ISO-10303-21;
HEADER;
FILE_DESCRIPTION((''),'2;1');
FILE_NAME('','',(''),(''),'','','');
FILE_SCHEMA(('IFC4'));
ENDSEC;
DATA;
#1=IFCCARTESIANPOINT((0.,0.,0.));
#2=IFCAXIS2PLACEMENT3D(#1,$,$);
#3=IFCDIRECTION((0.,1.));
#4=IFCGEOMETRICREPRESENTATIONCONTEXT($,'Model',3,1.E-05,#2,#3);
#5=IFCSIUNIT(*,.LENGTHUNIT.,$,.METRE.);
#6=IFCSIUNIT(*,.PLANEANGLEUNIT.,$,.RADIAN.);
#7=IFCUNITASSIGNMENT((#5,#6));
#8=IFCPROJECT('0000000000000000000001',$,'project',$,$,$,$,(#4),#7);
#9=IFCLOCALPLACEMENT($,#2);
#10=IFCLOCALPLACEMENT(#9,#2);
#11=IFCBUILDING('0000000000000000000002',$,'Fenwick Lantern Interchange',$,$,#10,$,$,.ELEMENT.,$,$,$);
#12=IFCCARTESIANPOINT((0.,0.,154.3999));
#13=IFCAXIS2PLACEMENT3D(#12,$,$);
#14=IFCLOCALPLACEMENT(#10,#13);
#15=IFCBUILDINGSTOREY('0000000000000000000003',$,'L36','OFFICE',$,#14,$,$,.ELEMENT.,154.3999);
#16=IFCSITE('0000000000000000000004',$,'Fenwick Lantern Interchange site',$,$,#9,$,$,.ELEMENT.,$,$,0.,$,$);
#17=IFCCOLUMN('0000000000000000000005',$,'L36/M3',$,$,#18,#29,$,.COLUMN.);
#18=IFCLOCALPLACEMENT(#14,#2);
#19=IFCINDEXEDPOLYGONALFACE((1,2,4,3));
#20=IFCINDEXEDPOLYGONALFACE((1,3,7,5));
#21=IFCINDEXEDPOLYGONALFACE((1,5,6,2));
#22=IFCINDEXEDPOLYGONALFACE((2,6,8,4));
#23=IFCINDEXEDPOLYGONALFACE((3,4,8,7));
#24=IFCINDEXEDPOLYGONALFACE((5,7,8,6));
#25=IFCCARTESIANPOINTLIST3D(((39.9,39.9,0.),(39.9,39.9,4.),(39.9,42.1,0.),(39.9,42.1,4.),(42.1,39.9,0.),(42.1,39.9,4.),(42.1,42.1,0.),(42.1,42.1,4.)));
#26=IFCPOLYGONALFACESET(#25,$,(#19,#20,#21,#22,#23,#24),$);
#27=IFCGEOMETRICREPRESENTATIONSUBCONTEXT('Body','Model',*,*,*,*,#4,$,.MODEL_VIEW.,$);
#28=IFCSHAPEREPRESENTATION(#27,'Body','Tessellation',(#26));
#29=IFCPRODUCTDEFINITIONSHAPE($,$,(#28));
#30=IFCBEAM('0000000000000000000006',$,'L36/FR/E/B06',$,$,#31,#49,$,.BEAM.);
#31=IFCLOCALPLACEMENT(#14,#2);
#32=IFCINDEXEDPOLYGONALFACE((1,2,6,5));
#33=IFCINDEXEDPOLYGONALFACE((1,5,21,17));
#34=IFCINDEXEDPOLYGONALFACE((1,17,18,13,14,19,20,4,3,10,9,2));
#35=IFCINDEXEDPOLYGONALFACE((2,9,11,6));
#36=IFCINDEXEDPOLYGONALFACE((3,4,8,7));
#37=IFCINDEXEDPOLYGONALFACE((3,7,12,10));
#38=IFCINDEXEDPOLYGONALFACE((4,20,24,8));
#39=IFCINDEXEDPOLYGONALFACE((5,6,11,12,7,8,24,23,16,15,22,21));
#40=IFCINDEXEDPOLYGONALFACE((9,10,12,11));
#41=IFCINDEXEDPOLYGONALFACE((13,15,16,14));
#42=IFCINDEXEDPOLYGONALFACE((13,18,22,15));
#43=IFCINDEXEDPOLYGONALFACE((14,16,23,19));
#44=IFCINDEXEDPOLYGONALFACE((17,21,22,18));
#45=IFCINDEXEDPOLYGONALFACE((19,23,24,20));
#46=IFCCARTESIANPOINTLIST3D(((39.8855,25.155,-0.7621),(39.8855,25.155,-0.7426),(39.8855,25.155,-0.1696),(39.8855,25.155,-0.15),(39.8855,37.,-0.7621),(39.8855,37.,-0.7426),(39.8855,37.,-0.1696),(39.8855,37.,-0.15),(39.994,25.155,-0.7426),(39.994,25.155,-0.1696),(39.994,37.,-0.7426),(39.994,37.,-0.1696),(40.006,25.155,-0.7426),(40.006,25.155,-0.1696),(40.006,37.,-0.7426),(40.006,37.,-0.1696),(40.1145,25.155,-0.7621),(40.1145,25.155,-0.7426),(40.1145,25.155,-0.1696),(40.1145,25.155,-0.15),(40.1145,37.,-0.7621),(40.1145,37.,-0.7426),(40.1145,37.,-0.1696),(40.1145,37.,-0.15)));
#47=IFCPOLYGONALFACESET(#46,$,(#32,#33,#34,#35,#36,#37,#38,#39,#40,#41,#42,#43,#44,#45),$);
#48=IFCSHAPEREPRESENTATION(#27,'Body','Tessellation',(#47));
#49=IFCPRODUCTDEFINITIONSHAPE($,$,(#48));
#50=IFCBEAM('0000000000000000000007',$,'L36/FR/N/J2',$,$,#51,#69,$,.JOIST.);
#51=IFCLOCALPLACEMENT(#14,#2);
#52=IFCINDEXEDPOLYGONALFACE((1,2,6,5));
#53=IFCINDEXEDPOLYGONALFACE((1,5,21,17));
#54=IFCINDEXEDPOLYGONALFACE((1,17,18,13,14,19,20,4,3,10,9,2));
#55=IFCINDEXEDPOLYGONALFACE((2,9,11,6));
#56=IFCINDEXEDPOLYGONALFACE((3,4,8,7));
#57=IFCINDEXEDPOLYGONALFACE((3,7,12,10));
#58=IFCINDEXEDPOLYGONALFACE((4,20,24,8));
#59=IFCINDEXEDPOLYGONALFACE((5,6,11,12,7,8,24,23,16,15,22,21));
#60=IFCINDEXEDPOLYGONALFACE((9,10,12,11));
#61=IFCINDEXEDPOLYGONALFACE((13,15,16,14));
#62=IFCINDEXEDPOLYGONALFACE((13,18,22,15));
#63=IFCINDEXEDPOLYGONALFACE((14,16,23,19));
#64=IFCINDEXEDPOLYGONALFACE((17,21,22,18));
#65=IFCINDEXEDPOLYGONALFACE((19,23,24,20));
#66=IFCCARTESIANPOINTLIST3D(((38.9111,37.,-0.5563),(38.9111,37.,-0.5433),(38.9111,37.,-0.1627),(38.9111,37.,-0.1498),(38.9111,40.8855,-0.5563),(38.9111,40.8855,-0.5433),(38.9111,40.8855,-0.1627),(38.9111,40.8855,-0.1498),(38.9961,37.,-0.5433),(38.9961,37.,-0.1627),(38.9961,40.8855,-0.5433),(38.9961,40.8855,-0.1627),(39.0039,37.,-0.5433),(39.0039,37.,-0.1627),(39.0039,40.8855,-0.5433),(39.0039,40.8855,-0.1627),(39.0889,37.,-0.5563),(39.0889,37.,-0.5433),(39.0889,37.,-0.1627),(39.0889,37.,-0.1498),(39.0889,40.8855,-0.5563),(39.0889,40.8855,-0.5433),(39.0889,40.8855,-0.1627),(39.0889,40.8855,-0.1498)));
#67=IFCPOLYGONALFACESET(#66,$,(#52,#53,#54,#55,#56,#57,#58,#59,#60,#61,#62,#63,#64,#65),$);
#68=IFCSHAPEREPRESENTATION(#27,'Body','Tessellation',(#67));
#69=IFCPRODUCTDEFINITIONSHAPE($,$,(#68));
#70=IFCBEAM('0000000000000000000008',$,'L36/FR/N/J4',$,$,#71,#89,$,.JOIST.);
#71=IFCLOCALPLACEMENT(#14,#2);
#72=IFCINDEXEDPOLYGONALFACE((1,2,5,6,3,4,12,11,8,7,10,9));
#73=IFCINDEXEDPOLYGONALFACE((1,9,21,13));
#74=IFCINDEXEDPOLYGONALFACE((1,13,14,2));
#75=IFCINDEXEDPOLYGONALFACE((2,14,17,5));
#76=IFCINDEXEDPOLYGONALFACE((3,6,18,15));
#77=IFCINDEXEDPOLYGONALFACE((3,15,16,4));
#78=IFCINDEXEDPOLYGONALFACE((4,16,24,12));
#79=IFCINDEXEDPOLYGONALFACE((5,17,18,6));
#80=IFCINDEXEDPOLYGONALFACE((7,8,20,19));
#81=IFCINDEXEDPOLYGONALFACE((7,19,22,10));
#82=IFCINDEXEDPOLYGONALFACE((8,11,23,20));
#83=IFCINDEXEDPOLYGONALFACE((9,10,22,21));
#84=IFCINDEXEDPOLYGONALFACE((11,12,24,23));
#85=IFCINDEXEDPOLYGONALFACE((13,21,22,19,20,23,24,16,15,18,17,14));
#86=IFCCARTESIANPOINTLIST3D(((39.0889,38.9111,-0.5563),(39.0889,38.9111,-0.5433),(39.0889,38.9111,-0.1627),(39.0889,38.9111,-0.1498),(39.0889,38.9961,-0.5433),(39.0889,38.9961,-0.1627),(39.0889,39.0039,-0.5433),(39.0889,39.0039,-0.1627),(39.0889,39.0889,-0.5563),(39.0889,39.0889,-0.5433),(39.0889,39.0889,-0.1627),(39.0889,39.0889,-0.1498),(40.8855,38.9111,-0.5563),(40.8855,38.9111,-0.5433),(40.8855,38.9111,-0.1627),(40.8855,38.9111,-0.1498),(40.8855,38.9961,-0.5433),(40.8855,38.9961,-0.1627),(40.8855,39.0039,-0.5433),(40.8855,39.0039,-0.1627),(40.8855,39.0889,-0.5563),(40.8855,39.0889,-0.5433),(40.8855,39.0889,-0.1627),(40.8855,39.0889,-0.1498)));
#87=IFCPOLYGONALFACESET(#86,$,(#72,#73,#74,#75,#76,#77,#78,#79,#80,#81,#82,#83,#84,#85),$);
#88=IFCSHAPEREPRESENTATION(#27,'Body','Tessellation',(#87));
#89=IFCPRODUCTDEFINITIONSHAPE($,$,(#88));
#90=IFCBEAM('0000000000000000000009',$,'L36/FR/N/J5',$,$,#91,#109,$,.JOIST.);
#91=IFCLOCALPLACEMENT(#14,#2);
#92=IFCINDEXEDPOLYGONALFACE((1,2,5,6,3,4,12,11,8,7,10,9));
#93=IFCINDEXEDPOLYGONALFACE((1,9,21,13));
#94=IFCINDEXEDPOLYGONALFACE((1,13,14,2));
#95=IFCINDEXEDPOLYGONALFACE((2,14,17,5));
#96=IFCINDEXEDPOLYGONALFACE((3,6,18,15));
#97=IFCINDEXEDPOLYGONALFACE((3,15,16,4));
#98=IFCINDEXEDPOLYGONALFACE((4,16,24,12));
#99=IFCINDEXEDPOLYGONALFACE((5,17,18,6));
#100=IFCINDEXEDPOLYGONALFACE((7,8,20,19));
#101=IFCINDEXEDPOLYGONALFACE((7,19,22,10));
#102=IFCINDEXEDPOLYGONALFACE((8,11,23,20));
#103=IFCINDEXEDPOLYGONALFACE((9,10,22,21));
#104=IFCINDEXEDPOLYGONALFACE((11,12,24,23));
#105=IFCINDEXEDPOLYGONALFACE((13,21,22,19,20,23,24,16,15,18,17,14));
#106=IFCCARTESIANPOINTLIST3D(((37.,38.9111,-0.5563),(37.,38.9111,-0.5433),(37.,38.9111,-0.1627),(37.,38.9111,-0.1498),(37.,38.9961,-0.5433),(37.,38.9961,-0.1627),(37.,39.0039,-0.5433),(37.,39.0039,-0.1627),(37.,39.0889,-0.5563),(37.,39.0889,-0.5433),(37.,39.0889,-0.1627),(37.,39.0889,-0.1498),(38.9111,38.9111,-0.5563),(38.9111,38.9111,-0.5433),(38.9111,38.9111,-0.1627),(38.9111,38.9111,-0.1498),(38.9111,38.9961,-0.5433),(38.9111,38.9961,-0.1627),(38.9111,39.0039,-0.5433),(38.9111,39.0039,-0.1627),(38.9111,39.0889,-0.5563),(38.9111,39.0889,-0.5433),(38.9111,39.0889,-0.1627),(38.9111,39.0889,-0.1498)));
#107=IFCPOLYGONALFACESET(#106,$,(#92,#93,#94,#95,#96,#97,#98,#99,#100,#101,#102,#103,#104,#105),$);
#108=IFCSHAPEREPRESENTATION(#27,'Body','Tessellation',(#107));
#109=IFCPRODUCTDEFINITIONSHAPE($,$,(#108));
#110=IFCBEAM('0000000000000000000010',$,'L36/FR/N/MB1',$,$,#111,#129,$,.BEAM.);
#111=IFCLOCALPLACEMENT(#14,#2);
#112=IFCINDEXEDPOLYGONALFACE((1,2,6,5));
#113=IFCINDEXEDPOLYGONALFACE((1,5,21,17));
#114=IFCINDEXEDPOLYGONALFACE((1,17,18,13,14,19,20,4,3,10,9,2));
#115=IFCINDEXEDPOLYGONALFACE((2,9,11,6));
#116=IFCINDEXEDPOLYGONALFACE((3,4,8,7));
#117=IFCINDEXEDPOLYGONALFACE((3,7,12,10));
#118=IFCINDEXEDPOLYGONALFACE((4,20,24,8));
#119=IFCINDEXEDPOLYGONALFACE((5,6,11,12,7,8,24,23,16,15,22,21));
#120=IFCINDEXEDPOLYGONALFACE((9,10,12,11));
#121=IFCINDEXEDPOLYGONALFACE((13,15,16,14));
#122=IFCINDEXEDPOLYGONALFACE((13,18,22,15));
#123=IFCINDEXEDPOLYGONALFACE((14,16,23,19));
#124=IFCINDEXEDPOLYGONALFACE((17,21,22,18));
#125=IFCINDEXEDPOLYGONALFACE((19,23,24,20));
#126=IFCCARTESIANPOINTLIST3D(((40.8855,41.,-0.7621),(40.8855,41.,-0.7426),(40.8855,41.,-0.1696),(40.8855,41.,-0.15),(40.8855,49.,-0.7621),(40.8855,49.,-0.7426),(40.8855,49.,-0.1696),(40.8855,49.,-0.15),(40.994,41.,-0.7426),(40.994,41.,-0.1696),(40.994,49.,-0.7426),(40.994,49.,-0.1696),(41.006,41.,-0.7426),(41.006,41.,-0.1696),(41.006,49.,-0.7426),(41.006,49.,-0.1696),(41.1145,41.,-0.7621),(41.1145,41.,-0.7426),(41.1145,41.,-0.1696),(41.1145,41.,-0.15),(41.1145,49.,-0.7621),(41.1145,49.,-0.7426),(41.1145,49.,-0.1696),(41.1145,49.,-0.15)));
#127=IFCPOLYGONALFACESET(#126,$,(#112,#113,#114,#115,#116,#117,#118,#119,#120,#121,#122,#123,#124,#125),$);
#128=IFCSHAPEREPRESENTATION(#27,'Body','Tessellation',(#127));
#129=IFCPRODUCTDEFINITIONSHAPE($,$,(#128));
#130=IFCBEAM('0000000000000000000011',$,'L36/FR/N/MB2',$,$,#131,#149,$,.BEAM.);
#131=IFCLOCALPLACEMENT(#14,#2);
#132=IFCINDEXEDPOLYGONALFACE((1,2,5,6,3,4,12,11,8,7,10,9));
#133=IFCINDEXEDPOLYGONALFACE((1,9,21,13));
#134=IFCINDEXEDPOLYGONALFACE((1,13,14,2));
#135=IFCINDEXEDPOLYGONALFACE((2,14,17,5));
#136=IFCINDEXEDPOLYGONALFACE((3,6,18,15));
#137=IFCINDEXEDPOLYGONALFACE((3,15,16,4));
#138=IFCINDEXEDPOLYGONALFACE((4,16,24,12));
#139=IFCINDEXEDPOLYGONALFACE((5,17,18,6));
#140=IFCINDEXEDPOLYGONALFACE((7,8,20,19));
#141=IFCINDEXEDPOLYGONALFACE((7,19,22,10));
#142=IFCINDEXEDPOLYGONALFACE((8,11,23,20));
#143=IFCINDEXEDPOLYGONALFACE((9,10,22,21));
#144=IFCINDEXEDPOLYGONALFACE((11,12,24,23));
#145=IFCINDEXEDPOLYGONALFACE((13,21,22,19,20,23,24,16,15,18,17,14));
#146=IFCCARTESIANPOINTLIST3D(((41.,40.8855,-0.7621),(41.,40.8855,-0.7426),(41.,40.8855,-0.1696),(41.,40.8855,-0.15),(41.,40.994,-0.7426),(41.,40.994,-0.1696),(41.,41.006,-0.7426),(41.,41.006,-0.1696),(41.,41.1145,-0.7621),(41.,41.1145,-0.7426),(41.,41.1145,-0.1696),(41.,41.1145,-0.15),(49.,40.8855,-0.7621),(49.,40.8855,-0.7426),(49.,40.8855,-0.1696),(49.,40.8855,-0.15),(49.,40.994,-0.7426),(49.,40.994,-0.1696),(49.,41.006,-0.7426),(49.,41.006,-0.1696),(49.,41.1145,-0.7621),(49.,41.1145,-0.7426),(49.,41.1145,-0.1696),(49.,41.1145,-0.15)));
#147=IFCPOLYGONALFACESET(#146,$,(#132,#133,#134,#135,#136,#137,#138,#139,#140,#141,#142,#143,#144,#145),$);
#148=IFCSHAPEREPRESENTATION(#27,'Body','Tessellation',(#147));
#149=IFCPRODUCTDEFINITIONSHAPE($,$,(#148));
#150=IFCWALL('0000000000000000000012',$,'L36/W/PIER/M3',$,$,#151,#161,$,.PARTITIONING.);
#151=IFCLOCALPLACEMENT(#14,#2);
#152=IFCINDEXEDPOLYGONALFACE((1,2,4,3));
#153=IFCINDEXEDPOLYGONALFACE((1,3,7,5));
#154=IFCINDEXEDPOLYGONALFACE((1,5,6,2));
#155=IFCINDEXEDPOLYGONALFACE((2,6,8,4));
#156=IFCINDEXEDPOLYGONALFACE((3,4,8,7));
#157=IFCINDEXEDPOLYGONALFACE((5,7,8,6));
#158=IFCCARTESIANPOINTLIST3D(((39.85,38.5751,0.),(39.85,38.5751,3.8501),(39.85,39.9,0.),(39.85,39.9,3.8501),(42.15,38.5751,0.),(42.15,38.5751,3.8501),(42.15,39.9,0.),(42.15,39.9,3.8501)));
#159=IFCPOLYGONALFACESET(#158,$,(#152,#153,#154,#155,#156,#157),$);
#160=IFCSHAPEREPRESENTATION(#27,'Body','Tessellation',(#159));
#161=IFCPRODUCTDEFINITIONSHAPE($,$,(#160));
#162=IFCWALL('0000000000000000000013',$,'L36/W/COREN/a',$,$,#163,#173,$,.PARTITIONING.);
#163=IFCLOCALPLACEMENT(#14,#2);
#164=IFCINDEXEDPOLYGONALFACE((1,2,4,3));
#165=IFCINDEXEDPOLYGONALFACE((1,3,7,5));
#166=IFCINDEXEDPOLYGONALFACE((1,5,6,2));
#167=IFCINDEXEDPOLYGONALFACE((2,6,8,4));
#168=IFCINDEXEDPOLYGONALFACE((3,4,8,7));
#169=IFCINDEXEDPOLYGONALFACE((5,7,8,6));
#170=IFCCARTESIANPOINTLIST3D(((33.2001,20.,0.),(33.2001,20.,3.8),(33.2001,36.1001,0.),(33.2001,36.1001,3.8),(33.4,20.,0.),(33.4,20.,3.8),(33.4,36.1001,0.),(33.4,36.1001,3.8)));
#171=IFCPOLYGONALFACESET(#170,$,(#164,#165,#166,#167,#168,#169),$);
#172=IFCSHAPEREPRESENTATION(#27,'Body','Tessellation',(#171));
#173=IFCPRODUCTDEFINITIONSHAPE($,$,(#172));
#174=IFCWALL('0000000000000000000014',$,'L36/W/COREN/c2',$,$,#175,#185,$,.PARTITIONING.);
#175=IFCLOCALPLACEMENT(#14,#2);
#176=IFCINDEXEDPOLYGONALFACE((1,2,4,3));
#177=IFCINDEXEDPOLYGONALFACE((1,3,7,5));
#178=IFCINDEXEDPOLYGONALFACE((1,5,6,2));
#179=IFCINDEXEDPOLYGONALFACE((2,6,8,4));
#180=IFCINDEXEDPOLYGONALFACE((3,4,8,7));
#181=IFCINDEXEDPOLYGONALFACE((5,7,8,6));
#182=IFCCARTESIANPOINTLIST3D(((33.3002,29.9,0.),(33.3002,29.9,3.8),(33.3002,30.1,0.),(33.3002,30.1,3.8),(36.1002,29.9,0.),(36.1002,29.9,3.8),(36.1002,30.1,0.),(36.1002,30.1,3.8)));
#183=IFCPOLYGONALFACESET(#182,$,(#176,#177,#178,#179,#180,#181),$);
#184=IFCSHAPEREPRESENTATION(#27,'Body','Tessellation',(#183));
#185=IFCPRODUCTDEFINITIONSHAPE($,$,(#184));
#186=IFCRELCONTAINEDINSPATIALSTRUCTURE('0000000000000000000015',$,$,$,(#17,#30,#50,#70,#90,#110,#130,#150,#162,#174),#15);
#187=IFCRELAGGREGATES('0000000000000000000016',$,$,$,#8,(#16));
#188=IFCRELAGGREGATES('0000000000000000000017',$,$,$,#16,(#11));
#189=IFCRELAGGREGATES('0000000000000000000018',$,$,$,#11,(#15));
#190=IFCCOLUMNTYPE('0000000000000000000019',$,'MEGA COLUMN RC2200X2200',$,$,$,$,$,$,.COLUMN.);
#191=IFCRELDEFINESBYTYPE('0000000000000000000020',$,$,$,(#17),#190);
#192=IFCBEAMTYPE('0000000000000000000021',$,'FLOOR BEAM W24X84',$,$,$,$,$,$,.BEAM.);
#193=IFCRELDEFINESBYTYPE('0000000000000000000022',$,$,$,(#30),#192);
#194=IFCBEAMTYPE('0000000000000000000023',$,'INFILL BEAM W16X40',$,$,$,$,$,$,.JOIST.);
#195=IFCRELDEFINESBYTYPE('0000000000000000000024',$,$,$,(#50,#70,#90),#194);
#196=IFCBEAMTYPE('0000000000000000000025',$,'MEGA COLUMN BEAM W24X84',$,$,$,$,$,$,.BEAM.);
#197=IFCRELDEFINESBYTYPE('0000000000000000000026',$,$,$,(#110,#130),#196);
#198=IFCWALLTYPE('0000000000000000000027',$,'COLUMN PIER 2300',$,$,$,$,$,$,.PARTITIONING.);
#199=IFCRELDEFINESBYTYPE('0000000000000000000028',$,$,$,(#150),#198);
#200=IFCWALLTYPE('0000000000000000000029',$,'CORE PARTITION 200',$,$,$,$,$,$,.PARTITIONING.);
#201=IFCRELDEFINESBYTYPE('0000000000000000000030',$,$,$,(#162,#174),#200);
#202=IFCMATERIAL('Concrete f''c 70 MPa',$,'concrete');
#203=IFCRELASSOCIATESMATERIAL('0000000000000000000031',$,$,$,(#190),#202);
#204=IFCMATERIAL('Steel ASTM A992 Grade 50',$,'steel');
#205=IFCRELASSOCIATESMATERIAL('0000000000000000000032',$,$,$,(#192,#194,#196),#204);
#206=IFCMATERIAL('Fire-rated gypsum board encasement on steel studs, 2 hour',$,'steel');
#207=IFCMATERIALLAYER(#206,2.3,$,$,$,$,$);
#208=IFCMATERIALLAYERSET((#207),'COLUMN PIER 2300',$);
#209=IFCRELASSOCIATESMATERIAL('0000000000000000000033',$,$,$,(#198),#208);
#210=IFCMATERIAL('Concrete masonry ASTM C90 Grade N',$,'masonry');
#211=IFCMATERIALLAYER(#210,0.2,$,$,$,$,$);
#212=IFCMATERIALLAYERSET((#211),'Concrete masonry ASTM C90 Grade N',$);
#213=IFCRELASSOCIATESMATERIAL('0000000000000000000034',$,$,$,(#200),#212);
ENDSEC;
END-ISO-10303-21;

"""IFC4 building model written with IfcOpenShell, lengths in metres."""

from ifc_helpers import new_model, si_unit, direction, frame, frame_2d, origin, origin_2d, place, context, subcontext, project, spatial, rectangle, i_section, extrude, material, layer, layer_set, material_profile, profile_set, type_object, element, save


model = new_model("IFC4")

# Units and contexts
model_context = context("Model", 3, precision=1e-05, world=origin(), true_north=direction((0.0, 1.0)))
body_context = subcontext(model_context, "Body", "Model", "MODEL_VIEW")
ifc_project = project(units=[si_unit("LENGTHUNIT", "METRE"), si_unit("PLANEANGLEUNIT", "RADIAN")], contexts=[model_context])

# Site, building, storey
site_placement = place(None, origin())
site = spatial("IfcSite", under=ifc_project, at=site_placement, Name="Fenwick Lantern Interchange site", CompositionType="ELEMENT", RefElevation=0.0)
building_placement = place(site_placement, origin())
building = spatial("IfcBuilding", under=site, at=building_placement, Name="Fenwick Lantern Interchange", CompositionType="ELEMENT")
storey_placement = place(building_placement, frame((0.0, 0.0, 154.3999)))
storey = spatial("IfcBuildingStorey", under=building, at=storey_placement, Name="L36", Description="OFFICE", CompositionType="ELEMENT", Elevation=154.3999)

# Column
ifc_material_1 = material(Name="Concrete f'c 70 MPa", Category="concrete")
ifc_material_profile_1 = material_profile(ifc_material_1, rectangle(XDim=2.2, YDim=2.2, at=origin_2d()), Name="RC2200X2200")
ifc_profile_set_1 = profile_set([ifc_material_profile_1], Name="Concrete f'c 70 MPa")
column_type = type_object("IfcColumnType", Name="MEGA COLUMN RC2200X2200", PredefinedType="COLUMN", material=ifc_profile_set_1)
column_placement = place(storey_placement, frame((41.0, 41.0, 0.0), z_axis=(0.0, 0.0, 1.0), x_axis=(1.0, 0.0, 0.0)))
element("IfcColumn", 1, at=column_placement, inside=storey, type_object=column_type, Name="L36/M3", PredefinedType="COLUMN", context=body_context, shape_type="SweptSolid", body=[
    extrude(rectangle(XDim=2.2, YDim=2.2, at=origin_2d()), origin(), (0.0, 0.0, 1.0), 4.0),
])

# Beams
ifc_material_2 = material(Name="Steel ASTM A992 Grade 50", Category="steel")
ifc_material_profile_2 = material_profile(ifc_material_2, i_section(OverallWidth=0.229, OverallDepth=0.6121, WebThickness=0.012, FlangeThickness=0.0195, at=origin_2d()), Name="W24X84")
ifc_profile_set_2 = profile_set([ifc_material_profile_2], Name="Steel ASTM A992 Grade 50")
beam_type_1 = type_object("IfcBeamType", Name="FLOOR BEAM W24X84", PredefinedType="BEAM", material=ifc_profile_set_2)
beam_1_placement = place(storey_placement, frame((40.0, 25.155, -0.4561), z_axis=(0.0, 1.0, 0.0), x_axis=(-1.0, 0.0, 0.0)))
element("IfcBeam", 2, at=beam_1_placement, inside=storey, type_object=beam_type_1, Name="L36/FR/E/B06", PredefinedType="BEAM", context=body_context, shape_type="SweptSolid", body=[
    extrude(i_section(OverallWidth=0.229, OverallDepth=0.6121, WebThickness=0.012, FlangeThickness=0.0195, at=origin_2d()), origin(), (0.0, 0.0, 1.0), 11.845),
])
ifc_material_profile_3 = material_profile(ifc_material_2, i_section(OverallWidth=0.1777, OverallDepth=0.4065, WebThickness=0.0078, FlangeThickness=0.0129, at=origin_2d()), Name="W16X40")
ifc_profile_set_3 = profile_set([ifc_material_profile_3], Name="Steel ASTM A992 Grade 50")
beam_type_2 = type_object("IfcBeamType", Name="INFILL BEAM W16X40", PredefinedType="JOIST", material=ifc_profile_set_3)
beam_2_placement = place(storey_placement, frame((39.0, 40.8855, -0.353), z_axis=(0.0, -1.0, 0.0), x_axis=(1.0, 0.0, 0.0)))
element("IfcBeam", 3, at=beam_2_placement, inside=storey, type_object=beam_type_2, Name="L36/FR/N/J2", PredefinedType="JOIST", context=body_context, shape_type="SweptSolid", body=[
    extrude(i_section(OverallWidth=0.1777, OverallDepth=0.4065, WebThickness=0.0078, FlangeThickness=0.0129, at=origin_2d()), origin(), (0.0, 0.0, 1.0), 3.8855),
])
beam_3_placement = place(storey_placement, frame((40.8855, 39.0, -0.353), z_axis=(-1.0, 0.0, 0.0), x_axis=(0.0, -1.0, 0.0)))
element("IfcBeam", 4, at=beam_3_placement, inside=storey, type_object=beam_type_2, Name="L36/FR/N/J4", PredefinedType="JOIST", context=body_context, shape_type="SweptSolid", body=[
    extrude(i_section(OverallWidth=0.1777, OverallDepth=0.4065, WebThickness=0.0078, FlangeThickness=0.0129, at=origin_2d()), origin(), (0.0, 0.0, 1.0), 1.7966),
])
beam_4_placement = place(storey_placement, frame((38.9111, 39.0, -0.353), z_axis=(-1.0, 0.0, 0.0), x_axis=(0.0, -1.0, 0.0)))
element("IfcBeam", 5, at=beam_4_placement, inside=storey, type_object=beam_type_2, Name="L36/FR/N/J5", PredefinedType="JOIST", context=body_context, shape_type="SweptSolid", body=[
    extrude(i_section(OverallWidth=0.1777, OverallDepth=0.4065, WebThickness=0.0078, FlangeThickness=0.0129, at=origin_2d()), origin(), (0.0, 0.0, 1.0), 1.9111),
])
ifc_material_profile_4 = material_profile(ifc_material_2, i_section(OverallWidth=0.229, OverallDepth=0.6121, WebThickness=0.012, FlangeThickness=0.0195, at=origin_2d()), Name="W24X84")
ifc_profile_set_4 = profile_set([ifc_material_profile_4], Name="Steel ASTM A992 Grade 50")
beam_type_3 = type_object("IfcBeamType", Name="MEGA COLUMN BEAM W24X84", PredefinedType="BEAM", material=ifc_profile_set_4)
for number, where, z_axis, x_axis, name in (
    (6, (41.0, 41.0, -0.4561), (0.0, 1.0, 0.0), (-1.0, 0.0, 0.0), "L36/FR/N/MB1"),
    (7, (41.0, 41.0, -0.4561), (1.0, 0.0, 0.0), (0.0, 1.0, 0.0), "L36/FR/N/MB2"),
):
    element("IfcBeam", number, at=place(storey_placement, frame(where, z_axis=z_axis, x_axis=x_axis)), inside=storey, type_object=beam_type_3, Name=name, PredefinedType="BEAM", context=body_context, shape_type="SweptSolid", body=[
        extrude(i_section(OverallWidth=0.229, OverallDepth=0.6121, WebThickness=0.012, FlangeThickness=0.0195, at=origin_2d()), origin(), (0.0, 0.0, 1.0), 8.0),
    ])

# Walls
ifc_material_3 = material(Name="Fire-rated gypsum board encasement on steel studs, 2 hour", Category="steel")
ifc_layer_1 = layer(ifc_material_3, 2.3)
ifc_layer_set_1 = layer_set([ifc_layer_1], Name="COLUMN PIER 2300")
wall_type_1 = type_object("IfcWallType", Name="COLUMN PIER 2300", PredefinedType="PARTITIONING", material=ifc_layer_set_1)
wall_1_placement = place(storey_placement, frame((41.0, 38.575, 0.0), z_axis=(0.0, 0.0, 1.0), x_axis=(0.0, 1.0, 0.0)))
element("IfcWall", 8, at=wall_1_placement, inside=storey, type_object=wall_type_1, Name="L36/W/PIER/M3", PredefinedType="PARTITIONING", context=body_context, shape_type="SweptSolid", body=[
    extrude(rectangle(XDim=1.325, YDim=2.3, at=frame_2d((0.6626, 0.0))), origin(), (0.0, 0.0, 1.0), 3.8501),
])
ifc_material_4 = material(Name="Concrete masonry ASTM C90 Grade N", Category="masonry")
ifc_layer_2 = layer(ifc_material_4, 0.2)
ifc_layer_set_2 = layer_set([ifc_layer_2], Name="Concrete masonry ASTM C90 Grade N")
wall_type_2 = type_object("IfcWallType", Name="CORE PARTITION 200", PredefinedType="PARTITIONING", material=ifc_layer_set_2)
wall_2_placement = place(storey_placement, frame((33.3, 36.1001, 0.0), z_axis=(0.0, 0.0, 1.0), x_axis=(0.0, -1.0, 0.0)))
element("IfcWall", 9, at=wall_2_placement, inside=storey, type_object=wall_type_2, Name="L36/W/COREN/a", PredefinedType="PARTITIONING", context=body_context, shape_type="SweptSolid", body=[
    extrude(rectangle(XDim=16.1001, YDim=0.2, at=frame_2d((8.05, 0.0))), origin(), (0.0, 0.0, 1.0), 3.8),
])
for number, where, z_axis, x_axis, name in (
    (10, (36.1001, 30.0, 0.0), (0.0, 0.0, 1.0), (-1.0, 0.0, 0.0), "L36/W/COREN/c2"),
):
    element("IfcWall", number, at=place(storey_placement, frame(where, z_axis=z_axis, x_axis=x_axis)), inside=storey, type_object=wall_type_2, Name=name, PredefinedType="PARTITIONING", context=body_context, shape_type="SweptSolid", body=[
        extrude(rectangle(XDim=2.8, YDim=0.2, at=frame_2d((1.3999, 0.0))), origin(), (0.0, 0.0, 1.0), 3.8),
    ])

save(model, "model.ifc")
